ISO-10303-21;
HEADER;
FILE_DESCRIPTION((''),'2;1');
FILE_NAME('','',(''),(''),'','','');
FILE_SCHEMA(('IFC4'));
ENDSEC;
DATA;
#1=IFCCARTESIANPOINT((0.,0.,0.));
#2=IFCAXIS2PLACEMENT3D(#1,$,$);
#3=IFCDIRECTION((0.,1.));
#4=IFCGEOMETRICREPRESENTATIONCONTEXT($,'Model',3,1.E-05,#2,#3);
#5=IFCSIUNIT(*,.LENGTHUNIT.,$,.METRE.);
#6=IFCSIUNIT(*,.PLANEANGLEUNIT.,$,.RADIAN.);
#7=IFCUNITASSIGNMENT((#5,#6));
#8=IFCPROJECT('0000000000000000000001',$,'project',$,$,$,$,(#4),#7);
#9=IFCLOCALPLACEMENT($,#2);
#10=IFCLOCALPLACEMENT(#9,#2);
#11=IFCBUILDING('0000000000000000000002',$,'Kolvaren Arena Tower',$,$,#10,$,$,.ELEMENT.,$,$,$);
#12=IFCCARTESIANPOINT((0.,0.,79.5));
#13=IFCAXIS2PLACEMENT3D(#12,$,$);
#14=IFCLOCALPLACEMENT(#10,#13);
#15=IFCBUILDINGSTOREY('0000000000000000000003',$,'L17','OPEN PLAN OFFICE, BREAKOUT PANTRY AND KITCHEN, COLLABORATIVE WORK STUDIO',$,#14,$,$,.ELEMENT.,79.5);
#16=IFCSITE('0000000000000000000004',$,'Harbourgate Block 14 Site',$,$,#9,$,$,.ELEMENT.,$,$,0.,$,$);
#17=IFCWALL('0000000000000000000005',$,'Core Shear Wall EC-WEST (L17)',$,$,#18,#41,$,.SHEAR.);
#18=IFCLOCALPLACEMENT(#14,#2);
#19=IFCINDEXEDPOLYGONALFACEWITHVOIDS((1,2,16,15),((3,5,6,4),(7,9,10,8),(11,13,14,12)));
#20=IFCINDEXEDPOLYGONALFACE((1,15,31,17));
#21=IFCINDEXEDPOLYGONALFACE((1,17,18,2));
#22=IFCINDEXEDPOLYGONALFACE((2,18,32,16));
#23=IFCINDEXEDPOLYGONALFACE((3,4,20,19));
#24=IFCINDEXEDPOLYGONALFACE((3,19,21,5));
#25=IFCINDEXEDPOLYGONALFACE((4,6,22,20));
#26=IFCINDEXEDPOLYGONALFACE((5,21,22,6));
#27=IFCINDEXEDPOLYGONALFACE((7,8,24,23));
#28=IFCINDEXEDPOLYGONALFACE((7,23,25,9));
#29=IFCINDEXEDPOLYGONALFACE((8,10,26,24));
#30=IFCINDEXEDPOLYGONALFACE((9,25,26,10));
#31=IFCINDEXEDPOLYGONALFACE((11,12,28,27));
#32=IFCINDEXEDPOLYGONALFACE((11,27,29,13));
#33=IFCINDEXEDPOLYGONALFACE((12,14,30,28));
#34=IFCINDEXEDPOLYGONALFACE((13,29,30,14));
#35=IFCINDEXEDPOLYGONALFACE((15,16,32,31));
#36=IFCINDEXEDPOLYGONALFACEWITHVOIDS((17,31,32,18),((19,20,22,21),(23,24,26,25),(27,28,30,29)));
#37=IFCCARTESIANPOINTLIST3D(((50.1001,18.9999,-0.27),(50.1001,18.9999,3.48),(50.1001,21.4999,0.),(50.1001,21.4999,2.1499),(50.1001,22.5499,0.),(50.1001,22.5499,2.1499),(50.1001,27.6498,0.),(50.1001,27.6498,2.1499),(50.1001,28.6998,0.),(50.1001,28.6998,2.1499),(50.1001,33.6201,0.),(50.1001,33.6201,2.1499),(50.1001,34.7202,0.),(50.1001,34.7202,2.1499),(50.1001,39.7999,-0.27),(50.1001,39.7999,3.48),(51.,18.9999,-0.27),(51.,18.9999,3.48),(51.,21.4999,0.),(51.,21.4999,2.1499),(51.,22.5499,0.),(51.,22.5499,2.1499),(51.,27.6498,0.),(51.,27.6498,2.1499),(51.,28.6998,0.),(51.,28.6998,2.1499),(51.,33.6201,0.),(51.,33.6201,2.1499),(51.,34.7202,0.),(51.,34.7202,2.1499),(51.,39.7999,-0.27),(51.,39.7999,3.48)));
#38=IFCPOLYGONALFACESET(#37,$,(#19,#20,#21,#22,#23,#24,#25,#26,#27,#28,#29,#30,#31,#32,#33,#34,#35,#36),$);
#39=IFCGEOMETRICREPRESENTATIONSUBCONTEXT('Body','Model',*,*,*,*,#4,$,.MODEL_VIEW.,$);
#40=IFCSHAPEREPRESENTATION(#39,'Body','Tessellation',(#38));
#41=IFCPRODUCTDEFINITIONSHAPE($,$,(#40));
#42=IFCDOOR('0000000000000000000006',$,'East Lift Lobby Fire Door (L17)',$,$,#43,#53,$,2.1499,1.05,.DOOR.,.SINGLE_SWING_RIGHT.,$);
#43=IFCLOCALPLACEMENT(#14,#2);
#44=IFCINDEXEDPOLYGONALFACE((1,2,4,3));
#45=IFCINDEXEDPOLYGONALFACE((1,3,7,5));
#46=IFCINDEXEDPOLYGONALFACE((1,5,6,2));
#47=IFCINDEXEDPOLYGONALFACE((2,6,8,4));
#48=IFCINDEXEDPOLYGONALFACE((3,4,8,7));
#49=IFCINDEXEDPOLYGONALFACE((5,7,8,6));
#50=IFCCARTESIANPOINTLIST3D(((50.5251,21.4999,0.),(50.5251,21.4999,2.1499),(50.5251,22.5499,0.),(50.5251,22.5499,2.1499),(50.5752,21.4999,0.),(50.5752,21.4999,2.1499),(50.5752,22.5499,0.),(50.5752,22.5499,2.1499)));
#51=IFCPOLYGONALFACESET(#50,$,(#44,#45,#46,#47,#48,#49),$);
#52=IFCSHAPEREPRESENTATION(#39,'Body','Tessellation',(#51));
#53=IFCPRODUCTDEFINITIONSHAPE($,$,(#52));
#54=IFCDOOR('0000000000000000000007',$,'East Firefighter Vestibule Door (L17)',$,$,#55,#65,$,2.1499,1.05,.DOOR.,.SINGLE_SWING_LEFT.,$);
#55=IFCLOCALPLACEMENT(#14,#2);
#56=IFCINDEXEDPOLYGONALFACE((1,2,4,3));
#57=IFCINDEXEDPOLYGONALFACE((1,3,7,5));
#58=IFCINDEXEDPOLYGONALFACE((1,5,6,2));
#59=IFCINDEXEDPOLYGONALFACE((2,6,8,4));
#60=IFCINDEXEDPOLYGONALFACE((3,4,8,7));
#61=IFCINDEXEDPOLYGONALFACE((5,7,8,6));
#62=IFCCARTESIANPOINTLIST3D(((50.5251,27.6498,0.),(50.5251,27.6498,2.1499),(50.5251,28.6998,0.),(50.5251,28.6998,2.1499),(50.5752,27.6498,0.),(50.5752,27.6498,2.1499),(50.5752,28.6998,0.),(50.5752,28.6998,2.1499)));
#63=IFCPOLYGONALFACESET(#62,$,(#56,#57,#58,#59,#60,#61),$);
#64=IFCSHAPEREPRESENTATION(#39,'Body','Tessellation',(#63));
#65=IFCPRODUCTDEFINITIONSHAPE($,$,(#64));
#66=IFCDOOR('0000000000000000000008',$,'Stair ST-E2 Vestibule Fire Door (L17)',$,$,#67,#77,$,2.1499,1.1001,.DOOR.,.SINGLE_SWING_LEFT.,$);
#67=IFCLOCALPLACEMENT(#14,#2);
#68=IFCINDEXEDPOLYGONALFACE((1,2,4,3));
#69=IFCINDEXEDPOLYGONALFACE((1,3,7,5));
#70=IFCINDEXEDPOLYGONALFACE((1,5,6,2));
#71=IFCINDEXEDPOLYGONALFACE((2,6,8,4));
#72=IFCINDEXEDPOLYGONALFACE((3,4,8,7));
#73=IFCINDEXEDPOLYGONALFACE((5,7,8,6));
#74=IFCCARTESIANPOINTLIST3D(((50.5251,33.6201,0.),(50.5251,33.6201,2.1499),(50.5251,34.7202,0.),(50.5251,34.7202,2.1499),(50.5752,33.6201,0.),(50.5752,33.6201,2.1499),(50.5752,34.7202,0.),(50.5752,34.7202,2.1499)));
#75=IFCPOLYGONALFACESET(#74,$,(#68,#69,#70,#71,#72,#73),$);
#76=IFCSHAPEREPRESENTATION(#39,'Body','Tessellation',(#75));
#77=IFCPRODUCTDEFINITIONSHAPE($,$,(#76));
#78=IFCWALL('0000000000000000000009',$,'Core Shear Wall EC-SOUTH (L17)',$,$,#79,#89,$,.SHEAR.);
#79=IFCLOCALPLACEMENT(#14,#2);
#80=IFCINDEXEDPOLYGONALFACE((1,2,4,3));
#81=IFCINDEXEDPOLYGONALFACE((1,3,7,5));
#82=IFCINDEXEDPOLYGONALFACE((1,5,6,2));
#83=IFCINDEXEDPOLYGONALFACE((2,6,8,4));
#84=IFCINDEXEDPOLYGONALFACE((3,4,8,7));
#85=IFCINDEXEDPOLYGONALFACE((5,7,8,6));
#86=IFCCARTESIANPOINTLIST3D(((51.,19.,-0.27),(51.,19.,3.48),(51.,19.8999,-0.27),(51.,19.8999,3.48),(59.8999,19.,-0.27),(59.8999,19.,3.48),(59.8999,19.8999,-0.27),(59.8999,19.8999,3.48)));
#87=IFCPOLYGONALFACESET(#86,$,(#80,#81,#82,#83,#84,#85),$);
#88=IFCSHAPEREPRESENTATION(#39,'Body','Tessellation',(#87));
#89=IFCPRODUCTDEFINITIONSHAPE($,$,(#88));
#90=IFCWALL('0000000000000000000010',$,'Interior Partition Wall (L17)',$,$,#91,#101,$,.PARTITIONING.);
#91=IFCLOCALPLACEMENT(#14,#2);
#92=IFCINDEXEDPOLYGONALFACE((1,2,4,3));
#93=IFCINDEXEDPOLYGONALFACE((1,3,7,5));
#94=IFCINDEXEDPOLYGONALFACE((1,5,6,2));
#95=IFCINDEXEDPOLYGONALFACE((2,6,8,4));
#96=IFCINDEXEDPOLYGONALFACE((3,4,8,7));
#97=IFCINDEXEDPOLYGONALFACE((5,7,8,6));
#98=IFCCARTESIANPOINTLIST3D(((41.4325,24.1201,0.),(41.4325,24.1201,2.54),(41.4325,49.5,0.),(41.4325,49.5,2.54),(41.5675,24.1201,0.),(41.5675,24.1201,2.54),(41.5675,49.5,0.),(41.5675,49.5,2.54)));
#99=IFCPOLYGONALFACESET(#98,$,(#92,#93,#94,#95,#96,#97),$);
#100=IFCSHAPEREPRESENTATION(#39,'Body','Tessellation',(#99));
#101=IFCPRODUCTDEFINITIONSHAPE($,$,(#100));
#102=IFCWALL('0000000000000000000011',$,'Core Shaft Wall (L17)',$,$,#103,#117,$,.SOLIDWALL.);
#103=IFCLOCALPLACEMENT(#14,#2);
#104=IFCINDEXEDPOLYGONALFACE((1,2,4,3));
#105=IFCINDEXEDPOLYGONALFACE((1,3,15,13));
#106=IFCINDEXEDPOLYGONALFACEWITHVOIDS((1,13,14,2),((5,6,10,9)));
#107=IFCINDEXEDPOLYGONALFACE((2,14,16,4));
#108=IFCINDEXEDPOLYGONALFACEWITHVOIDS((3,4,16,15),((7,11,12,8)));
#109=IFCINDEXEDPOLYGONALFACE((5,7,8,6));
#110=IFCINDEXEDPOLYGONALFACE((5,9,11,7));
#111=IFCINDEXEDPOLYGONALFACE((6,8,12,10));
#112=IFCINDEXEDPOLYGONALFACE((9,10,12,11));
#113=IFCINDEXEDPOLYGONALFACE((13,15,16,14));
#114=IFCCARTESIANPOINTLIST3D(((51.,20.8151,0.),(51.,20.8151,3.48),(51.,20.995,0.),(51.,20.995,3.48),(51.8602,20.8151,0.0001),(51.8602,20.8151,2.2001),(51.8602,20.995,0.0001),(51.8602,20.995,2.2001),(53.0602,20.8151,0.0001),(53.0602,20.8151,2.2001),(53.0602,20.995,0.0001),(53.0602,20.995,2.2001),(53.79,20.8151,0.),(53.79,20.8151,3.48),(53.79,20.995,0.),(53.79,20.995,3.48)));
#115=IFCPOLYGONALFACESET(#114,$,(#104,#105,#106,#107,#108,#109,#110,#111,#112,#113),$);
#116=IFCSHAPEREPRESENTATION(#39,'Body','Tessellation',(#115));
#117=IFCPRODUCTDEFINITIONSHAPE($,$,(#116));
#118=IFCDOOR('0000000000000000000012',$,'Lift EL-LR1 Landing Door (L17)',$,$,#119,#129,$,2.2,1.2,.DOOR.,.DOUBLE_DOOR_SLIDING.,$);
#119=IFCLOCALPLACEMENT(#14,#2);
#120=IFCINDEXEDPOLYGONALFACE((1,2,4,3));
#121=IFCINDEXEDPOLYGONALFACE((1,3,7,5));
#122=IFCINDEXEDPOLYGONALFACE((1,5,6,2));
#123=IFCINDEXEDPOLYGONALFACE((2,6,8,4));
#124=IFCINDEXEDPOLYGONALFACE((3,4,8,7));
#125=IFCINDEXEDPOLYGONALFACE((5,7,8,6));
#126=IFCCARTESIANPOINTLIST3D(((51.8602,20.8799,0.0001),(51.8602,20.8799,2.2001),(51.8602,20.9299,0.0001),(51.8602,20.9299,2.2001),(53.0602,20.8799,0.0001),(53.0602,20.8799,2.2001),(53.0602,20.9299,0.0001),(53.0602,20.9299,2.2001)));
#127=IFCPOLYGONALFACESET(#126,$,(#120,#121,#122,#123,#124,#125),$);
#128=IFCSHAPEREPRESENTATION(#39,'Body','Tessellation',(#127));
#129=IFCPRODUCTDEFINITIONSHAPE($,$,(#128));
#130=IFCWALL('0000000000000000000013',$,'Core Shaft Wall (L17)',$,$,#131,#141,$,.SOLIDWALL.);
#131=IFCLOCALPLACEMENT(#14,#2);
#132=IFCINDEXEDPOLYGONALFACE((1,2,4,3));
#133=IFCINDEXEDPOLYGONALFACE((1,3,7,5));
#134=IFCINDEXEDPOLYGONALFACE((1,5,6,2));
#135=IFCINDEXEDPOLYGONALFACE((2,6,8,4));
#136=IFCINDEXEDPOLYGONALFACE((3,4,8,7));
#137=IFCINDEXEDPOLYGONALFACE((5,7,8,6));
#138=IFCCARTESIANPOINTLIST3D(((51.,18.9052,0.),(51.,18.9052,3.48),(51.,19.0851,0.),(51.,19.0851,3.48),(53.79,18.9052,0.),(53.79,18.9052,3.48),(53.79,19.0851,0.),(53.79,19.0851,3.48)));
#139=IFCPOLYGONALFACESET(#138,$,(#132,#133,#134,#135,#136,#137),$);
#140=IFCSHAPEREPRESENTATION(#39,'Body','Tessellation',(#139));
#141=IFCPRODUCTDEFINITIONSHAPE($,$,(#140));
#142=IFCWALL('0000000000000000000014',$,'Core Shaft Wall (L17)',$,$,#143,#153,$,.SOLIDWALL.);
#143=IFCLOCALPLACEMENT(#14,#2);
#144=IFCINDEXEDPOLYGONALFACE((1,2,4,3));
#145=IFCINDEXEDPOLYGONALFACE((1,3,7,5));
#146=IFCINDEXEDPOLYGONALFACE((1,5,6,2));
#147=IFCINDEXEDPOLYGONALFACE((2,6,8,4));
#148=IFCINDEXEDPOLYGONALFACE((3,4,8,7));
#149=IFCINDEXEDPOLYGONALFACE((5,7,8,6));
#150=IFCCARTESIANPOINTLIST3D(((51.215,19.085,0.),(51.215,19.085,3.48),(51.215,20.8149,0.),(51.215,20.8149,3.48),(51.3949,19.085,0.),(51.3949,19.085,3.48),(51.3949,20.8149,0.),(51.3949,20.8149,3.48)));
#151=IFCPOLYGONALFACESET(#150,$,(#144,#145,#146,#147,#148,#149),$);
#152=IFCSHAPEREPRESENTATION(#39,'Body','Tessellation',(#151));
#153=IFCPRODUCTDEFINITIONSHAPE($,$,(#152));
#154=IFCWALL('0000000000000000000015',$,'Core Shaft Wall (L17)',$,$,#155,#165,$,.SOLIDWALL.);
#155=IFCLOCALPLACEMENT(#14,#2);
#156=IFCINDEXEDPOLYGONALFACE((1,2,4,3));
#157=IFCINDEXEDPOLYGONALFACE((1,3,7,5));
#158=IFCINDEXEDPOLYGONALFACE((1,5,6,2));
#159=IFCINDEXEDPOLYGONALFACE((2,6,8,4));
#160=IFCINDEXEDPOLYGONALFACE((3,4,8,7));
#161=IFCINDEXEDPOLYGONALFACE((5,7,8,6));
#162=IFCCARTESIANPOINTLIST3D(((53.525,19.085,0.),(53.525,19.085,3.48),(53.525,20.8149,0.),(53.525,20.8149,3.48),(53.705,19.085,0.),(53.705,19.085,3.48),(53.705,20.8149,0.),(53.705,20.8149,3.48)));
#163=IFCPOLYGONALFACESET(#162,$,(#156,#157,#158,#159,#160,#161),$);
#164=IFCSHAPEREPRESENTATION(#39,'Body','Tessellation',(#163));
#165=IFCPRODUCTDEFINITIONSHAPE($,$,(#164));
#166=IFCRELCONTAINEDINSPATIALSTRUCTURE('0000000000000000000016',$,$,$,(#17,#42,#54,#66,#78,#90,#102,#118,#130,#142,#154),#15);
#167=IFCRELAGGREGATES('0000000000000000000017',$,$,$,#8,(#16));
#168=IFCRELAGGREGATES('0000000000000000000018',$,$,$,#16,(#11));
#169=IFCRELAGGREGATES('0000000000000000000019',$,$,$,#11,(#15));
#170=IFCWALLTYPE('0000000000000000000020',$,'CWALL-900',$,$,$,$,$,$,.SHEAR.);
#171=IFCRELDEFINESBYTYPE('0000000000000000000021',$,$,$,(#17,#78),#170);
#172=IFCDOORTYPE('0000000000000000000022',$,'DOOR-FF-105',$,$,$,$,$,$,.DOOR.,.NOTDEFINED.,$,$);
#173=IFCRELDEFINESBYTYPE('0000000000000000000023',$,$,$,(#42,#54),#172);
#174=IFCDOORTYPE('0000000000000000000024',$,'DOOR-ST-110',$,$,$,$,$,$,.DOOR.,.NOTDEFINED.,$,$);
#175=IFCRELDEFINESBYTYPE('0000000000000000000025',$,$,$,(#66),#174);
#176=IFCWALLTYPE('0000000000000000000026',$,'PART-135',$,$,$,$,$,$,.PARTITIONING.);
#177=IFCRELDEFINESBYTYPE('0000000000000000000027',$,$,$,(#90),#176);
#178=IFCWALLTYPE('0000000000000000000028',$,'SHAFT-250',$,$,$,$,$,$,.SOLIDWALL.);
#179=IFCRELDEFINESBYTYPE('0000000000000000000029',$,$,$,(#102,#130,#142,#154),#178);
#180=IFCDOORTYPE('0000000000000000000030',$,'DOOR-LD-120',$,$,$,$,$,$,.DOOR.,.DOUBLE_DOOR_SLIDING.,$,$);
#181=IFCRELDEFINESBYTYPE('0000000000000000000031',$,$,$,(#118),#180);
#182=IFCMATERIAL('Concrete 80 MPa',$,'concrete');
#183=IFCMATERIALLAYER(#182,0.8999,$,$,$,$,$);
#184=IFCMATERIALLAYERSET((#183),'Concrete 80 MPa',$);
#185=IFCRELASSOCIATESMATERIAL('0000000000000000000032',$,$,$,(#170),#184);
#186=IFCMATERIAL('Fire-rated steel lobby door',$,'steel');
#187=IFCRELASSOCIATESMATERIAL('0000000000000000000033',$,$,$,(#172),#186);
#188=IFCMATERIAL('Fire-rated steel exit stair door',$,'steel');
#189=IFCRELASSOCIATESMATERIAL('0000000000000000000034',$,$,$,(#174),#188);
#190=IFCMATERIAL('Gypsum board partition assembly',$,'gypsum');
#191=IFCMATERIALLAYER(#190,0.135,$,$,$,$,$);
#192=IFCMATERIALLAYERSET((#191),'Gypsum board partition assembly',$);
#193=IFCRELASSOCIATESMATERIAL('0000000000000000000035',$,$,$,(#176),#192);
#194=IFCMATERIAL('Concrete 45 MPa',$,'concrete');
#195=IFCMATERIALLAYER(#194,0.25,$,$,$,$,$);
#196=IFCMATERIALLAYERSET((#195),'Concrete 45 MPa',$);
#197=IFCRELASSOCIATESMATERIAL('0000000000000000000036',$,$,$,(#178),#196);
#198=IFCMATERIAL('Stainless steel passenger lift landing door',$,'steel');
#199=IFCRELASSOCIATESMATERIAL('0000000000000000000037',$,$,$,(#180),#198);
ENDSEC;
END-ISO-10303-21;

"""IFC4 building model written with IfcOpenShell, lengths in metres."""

from ifc_helpers import new_model, si_unit, direction, frame, frame_2d, origin, place, context, subcontext, project, spatial, rectangle, extrude, material, layer, layer_set, type_object, element, fill, save


model = new_model("IFC4")

# Units and contexts
model_context = context("Model", 3, precision=1e-05, world=origin(), true_north=direction((0.0, 1.0)))
body_context = subcontext(model_context, "Body", "Model", "MODEL_VIEW")
ifc_project = project(units=[si_unit("LENGTHUNIT", "METRE"), si_unit("PLANEANGLEUNIT", "RADIAN")], contexts=[model_context])

# Site, building, storey
site_placement = place(None, origin())
site = spatial("IfcSite", under=ifc_project, at=site_placement, Name="Harbourgate Block 14 Site", CompositionType="ELEMENT", RefElevation=0.0)
building_placement = place(site_placement, origin())
building = spatial("IfcBuilding", under=site, at=building_placement, Name="Kolvaren Arena Tower", CompositionType="ELEMENT")
storey_placement = place(building_placement, frame((0.0, 0.0, 79.5)))
storey = spatial("IfcBuildingStorey", under=building, at=storey_placement, Name="L17", Description="OPEN PLAN OFFICE, BREAKOUT PANTRY AND KITCHEN, COLLABORATIVE WORK STUDIO", CompositionType="ELEMENT", Elevation=79.5)

# Wall, openings, doors
ifc_material_1 = material(Name="Concrete 80 MPa", Category="concrete")
ifc_layer_1 = layer(ifc_material_1, 0.8999)
ifc_layer_set_1 = layer_set([ifc_layer_1], Name="Concrete 80 MPa")
wall_type_1 = type_object("IfcWallType", Name="CWALL-900", PredefinedType="SHEAR", material=ifc_layer_set_1)
wall_1_placement = place(storey_placement, frame((50.55, 19.0, -0.27), z_axis=(0.0, 0.0, 1.0), x_axis=(0.0, 1.0, 0.0)))
wall_1 = element("IfcWall", 1, at=wall_1_placement, inside=storey, type_object=wall_type_1, Name="Core Shear Wall EC-WEST (L17)", PredefinedType="SHEAR", context=body_context, shape_type="SweptSolid", body=[
    extrude(rectangle(XDim=20.8, YDim=0.8999, at=frame_2d((10.3999, 0.0))), origin(), (0.0, 0.0, 1.0), 3.75),
])
opening_1_placement = place(wall_1_placement, frame((2.5, 0.0, 0.27)))
opening_1 = element("IfcOpeningElement", 2, at=opening_1_placement, cuts=wall_1, PredefinedType="OPENING", context=body_context, shape_type="SweptSolid", body=[
    extrude(rectangle(XDim=1.05, YDim=2.1499, at=frame_2d((0.5249, 1.075))), frame((0.0, 0.46, 0.0), z_axis=(0.0, -1.0, 0.0), x_axis=(1.0, 0.0, 0.0)), (0.0, 0.0, 1.0), 0.9199),
])
opening_2_placement = place(wall_1_placement, frame((8.6499, 0.0, 0.27)))
opening_2 = element("IfcOpeningElement", 3, at=opening_2_placement, cuts=wall_1, PredefinedType="OPENING", context=body_context, shape_type="SweptSolid", body=[
    extrude(rectangle(XDim=1.05, YDim=2.1499, at=frame_2d((0.5249, 1.075))), frame((0.0, 0.46, 0.0), z_axis=(0.0, -1.0, 0.0), x_axis=(1.0, 0.0, 0.0)), (0.0, 0.0, 1.0), 0.9199),
])
opening_3_placement = place(wall_1_placement, frame((14.6201, 0.0, 0.27)))
opening_3 = element("IfcOpeningElement", 4, at=opening_3_placement, cuts=wall_1, PredefinedType="OPENING", context=body_context, shape_type="SweptSolid", body=[
    extrude(rectangle(XDim=1.1001, YDim=2.1499, at=frame_2d((0.55, 1.075))), frame((0.0, 0.46, 0.0), z_axis=(0.0, -1.0, 0.0), x_axis=(1.0, 0.0, 0.0)), (0.0, 0.0, 1.0), 0.9199),
])
ifc_material_2 = material(Name="Fire-rated steel lobby door", Category="steel")
door_type_1 = type_object("IfcDoorType", Name="DOOR-FF-105", OperationType="NOTDEFINED", PredefinedType="DOOR", material=ifc_material_2)
door_1_placement = place(opening_1_placement, origin())
door_1 = element("IfcDoor", 5, at=door_1_placement, inside=storey, type_object=door_type_1, Name="East Lift Lobby Fire Door (L17)", OperationType="SINGLE_SWING_RIGHT", OverallHeight=2.1499, OverallWidth=1.05, PredefinedType="DOOR", context=body_context, shape_type="SweptSolid", body=[
    extrude(rectangle(XDim=1.05, YDim=2.1499, at=frame_2d((0.5249, 1.075))), frame((0.0, 0.0249, 0.0), z_axis=(0.0, -1.0, 0.0), x_axis=(1.0, 0.0, 0.0)), (0.0, 0.0, 1.0), 0.05),
])
fill(opening_1, door_1)
door_2_placement = place(opening_2_placement, origin())
door_2 = element("IfcDoor", 6, at=door_2_placement, inside=storey, type_object=door_type_1, Name="East Firefighter Vestibule Door (L17)", OperationType="SINGLE_SWING_LEFT", OverallHeight=2.1499, OverallWidth=1.05, PredefinedType="DOOR", context=body_context, shape_type="SweptSolid", body=[
    extrude(rectangle(XDim=1.05, YDim=2.1499, at=frame_2d((0.5249, 1.075))), frame((0.0, 0.0249, 0.0), z_axis=(0.0, -1.0, 0.0), x_axis=(1.0, 0.0, 0.0)), (0.0, 0.0, 1.0), 0.05),
])
fill(opening_2, door_2)
ifc_material_3 = material(Name="Fire-rated steel exit stair door", Category="steel")
door_type_2 = type_object("IfcDoorType", Name="DOOR-ST-110", OperationType="NOTDEFINED", PredefinedType="DOOR", material=ifc_material_3)
door_3_placement = place(opening_3_placement, origin())
door_3 = element("IfcDoor", 7, at=door_3_placement, inside=storey, type_object=door_type_2, Name="Stair ST-E2 Vestibule Fire Door (L17)", OperationType="SINGLE_SWING_LEFT", OverallHeight=2.1499, OverallWidth=1.1001, PredefinedType="DOOR", context=body_context, shape_type="SweptSolid", body=[
    extrude(rectangle(XDim=1.1001, YDim=2.1499, at=frame_2d((0.55, 1.075))), frame((0.0, 0.0249, 0.0), z_axis=(0.0, -1.0, 0.0), x_axis=(1.0, 0.0, 0.0)), (0.0, 0.0, 1.0), 0.05),
])
fill(opening_3, door_3)

# Walls
wall_2_placement = place(storey_placement, frame((51.0, 19.45, -0.27), z_axis=(0.0, 0.0, 1.0), x_axis=(1.0, 0.0, 0.0)))
element("IfcWall", 8, at=wall_2_placement, inside=storey, type_object=wall_type_1, Name="Core Shear Wall EC-SOUTH (L17)", PredefinedType="SHEAR", context=body_context, shape_type="SweptSolid", body=[
    extrude(rectangle(XDim=8.8999, YDim=0.8999, at=frame_2d((4.45, 0.0))), origin(), (0.0, 0.0, 1.0), 3.75),
])
ifc_material_4 = material(Name="Gypsum board partition assembly", Category="gypsum")
ifc_layer_2 = layer(ifc_material_4, 0.135)
ifc_layer_set_2 = layer_set([ifc_layer_2], Name="Gypsum board partition assembly")
wall_type_2 = type_object("IfcWallType", Name="PART-135", PredefinedType="PARTITIONING", material=ifc_layer_set_2)
wall_3_placement = place(storey_placement, frame((41.5, 24.1201, 0.0), z_axis=(0.0, 0.0, 1.0), x_axis=(0.0, 1.0, 0.0)))
element("IfcWall", 9, at=wall_3_placement, inside=storey, type_object=wall_type_2, Name="Interior Partition Wall (L17)", PredefinedType="PARTITIONING", context=body_context, shape_type="SweptSolid", body=[
    extrude(rectangle(XDim=25.3799, YDim=0.135, at=frame_2d((12.6899, 0.0))), origin(), (0.0, 0.0, 1.0), 2.54),
])

# Wall, opening, door
ifc_material_5 = material(Name="Concrete 45 MPa", Category="concrete")
ifc_layer_3 = layer(ifc_material_5, 0.25)
ifc_layer_set_3 = layer_set([ifc_layer_3], Name="Concrete 45 MPa")
wall_type_3 = type_object("IfcWallType", Name="SHAFT-250", PredefinedType="SOLIDWALL", material=ifc_layer_set_3)
wall_4_placement = place(storey_placement, frame((51.0, 20.905, 0.0), z_axis=(0.0, 0.0, 1.0), x_axis=(1.0, 0.0, 0.0)))
wall_4 = element("IfcWall", 10, at=wall_4_placement, inside=storey, type_object=wall_type_3, Name="Core Shaft Wall (L17)", PredefinedType="SOLIDWALL", context=body_context, shape_type="SweptSolid", body=[
    extrude(rectangle(XDim=2.79, YDim=0.1799, at=frame_2d((1.395, 0.0))), origin(), (0.0, 0.0, 1.0), 3.48),
])
opening_4_placement = place(wall_4_placement, frame((0.8601, 0.0, 0.0)))
opening_4 = element("IfcOpeningElement", 11, at=opening_4_placement, cuts=wall_4, PredefinedType="OPENING", context=body_context, shape_type="SweptSolid", body=[
    extrude(rectangle(XDim=1.2, YDim=2.2, at=frame_2d((0.6001, 1.1001))), frame((0.0, 0.0999, 0.0), z_axis=(0.0, -1.0, 0.0), x_axis=(1.0, 0.0, 0.0)), (0.0, 0.0, 1.0), 0.2),
])
ifc_material_6 = material(Name="Stainless steel passenger lift landing door", Category="steel")
door_type_3 = type_object("IfcDoorType", Name="DOOR-LD-120", OperationType="DOUBLE_DOOR_SLIDING", PredefinedType="DOOR", material=ifc_material_6)
door_4_placement = place(opening_4_placement, origin())
door_4 = element("IfcDoor", 12, at=door_4_placement, inside=storey, type_object=door_type_3, Name="Lift EL-LR1 Landing Door (L17)", OperationType="DOUBLE_DOOR_SLIDING", OverallHeight=2.2, OverallWidth=1.2, PredefinedType="DOOR", context=body_context, shape_type="SweptSolid", body=[
    extrude(rectangle(XDim=1.2, YDim=2.2, at=frame_2d((0.6001, 1.1001))), frame((0.0, 0.0249, 0.0), z_axis=(0.0, -1.0, 0.0), x_axis=(1.0, 0.0, 0.0)), (0.0, 0.0, 1.0), 0.05),
])
fill(opening_4, door_4)

# Walls
wall_5_placement = place(storey_placement, frame((51.0, 18.9951, 0.0), z_axis=(0.0, 0.0, 1.0), x_axis=(1.0, 0.0, 0.0)))
element("IfcWall", 13, at=wall_5_placement, inside=storey, type_object=wall_type_3, Name="Core Shaft Wall (L17)", PredefinedType="SOLIDWALL", context=body_context, shape_type="SweptSolid", body=[
    extrude(rectangle(XDim=2.79, YDim=0.1799, at=frame_2d((1.395, 0.0))), origin(), (0.0, 0.0, 1.0), 3.48),
])
for number, where, z_axis, x_axis, name in (
    (14, (51.3049, 19.085, 0.0), (0.0, 0.0, 1.0), (0.0, 1.0, 0.0), "Core Shaft Wall (L17)"),
    (15, (53.615, 19.085, 0.0), (0.0, 0.0, 1.0), (0.0, 1.0, 0.0), "Core Shaft Wall (L17)"),
):
    element("IfcWall", number, at=place(storey_placement, frame(where, z_axis=z_axis, x_axis=x_axis)), inside=storey, type_object=wall_type_3, Name=name, PredefinedType="SOLIDWALL", context=body_context, shape_type="SweptSolid", body=[
        extrude(rectangle(XDim=1.73, YDim=0.1799, at=frame_2d((0.865, 0.0))), origin(), (0.0, 0.0, 1.0), 3.48),
    ])

save(model, "model.ifc")
